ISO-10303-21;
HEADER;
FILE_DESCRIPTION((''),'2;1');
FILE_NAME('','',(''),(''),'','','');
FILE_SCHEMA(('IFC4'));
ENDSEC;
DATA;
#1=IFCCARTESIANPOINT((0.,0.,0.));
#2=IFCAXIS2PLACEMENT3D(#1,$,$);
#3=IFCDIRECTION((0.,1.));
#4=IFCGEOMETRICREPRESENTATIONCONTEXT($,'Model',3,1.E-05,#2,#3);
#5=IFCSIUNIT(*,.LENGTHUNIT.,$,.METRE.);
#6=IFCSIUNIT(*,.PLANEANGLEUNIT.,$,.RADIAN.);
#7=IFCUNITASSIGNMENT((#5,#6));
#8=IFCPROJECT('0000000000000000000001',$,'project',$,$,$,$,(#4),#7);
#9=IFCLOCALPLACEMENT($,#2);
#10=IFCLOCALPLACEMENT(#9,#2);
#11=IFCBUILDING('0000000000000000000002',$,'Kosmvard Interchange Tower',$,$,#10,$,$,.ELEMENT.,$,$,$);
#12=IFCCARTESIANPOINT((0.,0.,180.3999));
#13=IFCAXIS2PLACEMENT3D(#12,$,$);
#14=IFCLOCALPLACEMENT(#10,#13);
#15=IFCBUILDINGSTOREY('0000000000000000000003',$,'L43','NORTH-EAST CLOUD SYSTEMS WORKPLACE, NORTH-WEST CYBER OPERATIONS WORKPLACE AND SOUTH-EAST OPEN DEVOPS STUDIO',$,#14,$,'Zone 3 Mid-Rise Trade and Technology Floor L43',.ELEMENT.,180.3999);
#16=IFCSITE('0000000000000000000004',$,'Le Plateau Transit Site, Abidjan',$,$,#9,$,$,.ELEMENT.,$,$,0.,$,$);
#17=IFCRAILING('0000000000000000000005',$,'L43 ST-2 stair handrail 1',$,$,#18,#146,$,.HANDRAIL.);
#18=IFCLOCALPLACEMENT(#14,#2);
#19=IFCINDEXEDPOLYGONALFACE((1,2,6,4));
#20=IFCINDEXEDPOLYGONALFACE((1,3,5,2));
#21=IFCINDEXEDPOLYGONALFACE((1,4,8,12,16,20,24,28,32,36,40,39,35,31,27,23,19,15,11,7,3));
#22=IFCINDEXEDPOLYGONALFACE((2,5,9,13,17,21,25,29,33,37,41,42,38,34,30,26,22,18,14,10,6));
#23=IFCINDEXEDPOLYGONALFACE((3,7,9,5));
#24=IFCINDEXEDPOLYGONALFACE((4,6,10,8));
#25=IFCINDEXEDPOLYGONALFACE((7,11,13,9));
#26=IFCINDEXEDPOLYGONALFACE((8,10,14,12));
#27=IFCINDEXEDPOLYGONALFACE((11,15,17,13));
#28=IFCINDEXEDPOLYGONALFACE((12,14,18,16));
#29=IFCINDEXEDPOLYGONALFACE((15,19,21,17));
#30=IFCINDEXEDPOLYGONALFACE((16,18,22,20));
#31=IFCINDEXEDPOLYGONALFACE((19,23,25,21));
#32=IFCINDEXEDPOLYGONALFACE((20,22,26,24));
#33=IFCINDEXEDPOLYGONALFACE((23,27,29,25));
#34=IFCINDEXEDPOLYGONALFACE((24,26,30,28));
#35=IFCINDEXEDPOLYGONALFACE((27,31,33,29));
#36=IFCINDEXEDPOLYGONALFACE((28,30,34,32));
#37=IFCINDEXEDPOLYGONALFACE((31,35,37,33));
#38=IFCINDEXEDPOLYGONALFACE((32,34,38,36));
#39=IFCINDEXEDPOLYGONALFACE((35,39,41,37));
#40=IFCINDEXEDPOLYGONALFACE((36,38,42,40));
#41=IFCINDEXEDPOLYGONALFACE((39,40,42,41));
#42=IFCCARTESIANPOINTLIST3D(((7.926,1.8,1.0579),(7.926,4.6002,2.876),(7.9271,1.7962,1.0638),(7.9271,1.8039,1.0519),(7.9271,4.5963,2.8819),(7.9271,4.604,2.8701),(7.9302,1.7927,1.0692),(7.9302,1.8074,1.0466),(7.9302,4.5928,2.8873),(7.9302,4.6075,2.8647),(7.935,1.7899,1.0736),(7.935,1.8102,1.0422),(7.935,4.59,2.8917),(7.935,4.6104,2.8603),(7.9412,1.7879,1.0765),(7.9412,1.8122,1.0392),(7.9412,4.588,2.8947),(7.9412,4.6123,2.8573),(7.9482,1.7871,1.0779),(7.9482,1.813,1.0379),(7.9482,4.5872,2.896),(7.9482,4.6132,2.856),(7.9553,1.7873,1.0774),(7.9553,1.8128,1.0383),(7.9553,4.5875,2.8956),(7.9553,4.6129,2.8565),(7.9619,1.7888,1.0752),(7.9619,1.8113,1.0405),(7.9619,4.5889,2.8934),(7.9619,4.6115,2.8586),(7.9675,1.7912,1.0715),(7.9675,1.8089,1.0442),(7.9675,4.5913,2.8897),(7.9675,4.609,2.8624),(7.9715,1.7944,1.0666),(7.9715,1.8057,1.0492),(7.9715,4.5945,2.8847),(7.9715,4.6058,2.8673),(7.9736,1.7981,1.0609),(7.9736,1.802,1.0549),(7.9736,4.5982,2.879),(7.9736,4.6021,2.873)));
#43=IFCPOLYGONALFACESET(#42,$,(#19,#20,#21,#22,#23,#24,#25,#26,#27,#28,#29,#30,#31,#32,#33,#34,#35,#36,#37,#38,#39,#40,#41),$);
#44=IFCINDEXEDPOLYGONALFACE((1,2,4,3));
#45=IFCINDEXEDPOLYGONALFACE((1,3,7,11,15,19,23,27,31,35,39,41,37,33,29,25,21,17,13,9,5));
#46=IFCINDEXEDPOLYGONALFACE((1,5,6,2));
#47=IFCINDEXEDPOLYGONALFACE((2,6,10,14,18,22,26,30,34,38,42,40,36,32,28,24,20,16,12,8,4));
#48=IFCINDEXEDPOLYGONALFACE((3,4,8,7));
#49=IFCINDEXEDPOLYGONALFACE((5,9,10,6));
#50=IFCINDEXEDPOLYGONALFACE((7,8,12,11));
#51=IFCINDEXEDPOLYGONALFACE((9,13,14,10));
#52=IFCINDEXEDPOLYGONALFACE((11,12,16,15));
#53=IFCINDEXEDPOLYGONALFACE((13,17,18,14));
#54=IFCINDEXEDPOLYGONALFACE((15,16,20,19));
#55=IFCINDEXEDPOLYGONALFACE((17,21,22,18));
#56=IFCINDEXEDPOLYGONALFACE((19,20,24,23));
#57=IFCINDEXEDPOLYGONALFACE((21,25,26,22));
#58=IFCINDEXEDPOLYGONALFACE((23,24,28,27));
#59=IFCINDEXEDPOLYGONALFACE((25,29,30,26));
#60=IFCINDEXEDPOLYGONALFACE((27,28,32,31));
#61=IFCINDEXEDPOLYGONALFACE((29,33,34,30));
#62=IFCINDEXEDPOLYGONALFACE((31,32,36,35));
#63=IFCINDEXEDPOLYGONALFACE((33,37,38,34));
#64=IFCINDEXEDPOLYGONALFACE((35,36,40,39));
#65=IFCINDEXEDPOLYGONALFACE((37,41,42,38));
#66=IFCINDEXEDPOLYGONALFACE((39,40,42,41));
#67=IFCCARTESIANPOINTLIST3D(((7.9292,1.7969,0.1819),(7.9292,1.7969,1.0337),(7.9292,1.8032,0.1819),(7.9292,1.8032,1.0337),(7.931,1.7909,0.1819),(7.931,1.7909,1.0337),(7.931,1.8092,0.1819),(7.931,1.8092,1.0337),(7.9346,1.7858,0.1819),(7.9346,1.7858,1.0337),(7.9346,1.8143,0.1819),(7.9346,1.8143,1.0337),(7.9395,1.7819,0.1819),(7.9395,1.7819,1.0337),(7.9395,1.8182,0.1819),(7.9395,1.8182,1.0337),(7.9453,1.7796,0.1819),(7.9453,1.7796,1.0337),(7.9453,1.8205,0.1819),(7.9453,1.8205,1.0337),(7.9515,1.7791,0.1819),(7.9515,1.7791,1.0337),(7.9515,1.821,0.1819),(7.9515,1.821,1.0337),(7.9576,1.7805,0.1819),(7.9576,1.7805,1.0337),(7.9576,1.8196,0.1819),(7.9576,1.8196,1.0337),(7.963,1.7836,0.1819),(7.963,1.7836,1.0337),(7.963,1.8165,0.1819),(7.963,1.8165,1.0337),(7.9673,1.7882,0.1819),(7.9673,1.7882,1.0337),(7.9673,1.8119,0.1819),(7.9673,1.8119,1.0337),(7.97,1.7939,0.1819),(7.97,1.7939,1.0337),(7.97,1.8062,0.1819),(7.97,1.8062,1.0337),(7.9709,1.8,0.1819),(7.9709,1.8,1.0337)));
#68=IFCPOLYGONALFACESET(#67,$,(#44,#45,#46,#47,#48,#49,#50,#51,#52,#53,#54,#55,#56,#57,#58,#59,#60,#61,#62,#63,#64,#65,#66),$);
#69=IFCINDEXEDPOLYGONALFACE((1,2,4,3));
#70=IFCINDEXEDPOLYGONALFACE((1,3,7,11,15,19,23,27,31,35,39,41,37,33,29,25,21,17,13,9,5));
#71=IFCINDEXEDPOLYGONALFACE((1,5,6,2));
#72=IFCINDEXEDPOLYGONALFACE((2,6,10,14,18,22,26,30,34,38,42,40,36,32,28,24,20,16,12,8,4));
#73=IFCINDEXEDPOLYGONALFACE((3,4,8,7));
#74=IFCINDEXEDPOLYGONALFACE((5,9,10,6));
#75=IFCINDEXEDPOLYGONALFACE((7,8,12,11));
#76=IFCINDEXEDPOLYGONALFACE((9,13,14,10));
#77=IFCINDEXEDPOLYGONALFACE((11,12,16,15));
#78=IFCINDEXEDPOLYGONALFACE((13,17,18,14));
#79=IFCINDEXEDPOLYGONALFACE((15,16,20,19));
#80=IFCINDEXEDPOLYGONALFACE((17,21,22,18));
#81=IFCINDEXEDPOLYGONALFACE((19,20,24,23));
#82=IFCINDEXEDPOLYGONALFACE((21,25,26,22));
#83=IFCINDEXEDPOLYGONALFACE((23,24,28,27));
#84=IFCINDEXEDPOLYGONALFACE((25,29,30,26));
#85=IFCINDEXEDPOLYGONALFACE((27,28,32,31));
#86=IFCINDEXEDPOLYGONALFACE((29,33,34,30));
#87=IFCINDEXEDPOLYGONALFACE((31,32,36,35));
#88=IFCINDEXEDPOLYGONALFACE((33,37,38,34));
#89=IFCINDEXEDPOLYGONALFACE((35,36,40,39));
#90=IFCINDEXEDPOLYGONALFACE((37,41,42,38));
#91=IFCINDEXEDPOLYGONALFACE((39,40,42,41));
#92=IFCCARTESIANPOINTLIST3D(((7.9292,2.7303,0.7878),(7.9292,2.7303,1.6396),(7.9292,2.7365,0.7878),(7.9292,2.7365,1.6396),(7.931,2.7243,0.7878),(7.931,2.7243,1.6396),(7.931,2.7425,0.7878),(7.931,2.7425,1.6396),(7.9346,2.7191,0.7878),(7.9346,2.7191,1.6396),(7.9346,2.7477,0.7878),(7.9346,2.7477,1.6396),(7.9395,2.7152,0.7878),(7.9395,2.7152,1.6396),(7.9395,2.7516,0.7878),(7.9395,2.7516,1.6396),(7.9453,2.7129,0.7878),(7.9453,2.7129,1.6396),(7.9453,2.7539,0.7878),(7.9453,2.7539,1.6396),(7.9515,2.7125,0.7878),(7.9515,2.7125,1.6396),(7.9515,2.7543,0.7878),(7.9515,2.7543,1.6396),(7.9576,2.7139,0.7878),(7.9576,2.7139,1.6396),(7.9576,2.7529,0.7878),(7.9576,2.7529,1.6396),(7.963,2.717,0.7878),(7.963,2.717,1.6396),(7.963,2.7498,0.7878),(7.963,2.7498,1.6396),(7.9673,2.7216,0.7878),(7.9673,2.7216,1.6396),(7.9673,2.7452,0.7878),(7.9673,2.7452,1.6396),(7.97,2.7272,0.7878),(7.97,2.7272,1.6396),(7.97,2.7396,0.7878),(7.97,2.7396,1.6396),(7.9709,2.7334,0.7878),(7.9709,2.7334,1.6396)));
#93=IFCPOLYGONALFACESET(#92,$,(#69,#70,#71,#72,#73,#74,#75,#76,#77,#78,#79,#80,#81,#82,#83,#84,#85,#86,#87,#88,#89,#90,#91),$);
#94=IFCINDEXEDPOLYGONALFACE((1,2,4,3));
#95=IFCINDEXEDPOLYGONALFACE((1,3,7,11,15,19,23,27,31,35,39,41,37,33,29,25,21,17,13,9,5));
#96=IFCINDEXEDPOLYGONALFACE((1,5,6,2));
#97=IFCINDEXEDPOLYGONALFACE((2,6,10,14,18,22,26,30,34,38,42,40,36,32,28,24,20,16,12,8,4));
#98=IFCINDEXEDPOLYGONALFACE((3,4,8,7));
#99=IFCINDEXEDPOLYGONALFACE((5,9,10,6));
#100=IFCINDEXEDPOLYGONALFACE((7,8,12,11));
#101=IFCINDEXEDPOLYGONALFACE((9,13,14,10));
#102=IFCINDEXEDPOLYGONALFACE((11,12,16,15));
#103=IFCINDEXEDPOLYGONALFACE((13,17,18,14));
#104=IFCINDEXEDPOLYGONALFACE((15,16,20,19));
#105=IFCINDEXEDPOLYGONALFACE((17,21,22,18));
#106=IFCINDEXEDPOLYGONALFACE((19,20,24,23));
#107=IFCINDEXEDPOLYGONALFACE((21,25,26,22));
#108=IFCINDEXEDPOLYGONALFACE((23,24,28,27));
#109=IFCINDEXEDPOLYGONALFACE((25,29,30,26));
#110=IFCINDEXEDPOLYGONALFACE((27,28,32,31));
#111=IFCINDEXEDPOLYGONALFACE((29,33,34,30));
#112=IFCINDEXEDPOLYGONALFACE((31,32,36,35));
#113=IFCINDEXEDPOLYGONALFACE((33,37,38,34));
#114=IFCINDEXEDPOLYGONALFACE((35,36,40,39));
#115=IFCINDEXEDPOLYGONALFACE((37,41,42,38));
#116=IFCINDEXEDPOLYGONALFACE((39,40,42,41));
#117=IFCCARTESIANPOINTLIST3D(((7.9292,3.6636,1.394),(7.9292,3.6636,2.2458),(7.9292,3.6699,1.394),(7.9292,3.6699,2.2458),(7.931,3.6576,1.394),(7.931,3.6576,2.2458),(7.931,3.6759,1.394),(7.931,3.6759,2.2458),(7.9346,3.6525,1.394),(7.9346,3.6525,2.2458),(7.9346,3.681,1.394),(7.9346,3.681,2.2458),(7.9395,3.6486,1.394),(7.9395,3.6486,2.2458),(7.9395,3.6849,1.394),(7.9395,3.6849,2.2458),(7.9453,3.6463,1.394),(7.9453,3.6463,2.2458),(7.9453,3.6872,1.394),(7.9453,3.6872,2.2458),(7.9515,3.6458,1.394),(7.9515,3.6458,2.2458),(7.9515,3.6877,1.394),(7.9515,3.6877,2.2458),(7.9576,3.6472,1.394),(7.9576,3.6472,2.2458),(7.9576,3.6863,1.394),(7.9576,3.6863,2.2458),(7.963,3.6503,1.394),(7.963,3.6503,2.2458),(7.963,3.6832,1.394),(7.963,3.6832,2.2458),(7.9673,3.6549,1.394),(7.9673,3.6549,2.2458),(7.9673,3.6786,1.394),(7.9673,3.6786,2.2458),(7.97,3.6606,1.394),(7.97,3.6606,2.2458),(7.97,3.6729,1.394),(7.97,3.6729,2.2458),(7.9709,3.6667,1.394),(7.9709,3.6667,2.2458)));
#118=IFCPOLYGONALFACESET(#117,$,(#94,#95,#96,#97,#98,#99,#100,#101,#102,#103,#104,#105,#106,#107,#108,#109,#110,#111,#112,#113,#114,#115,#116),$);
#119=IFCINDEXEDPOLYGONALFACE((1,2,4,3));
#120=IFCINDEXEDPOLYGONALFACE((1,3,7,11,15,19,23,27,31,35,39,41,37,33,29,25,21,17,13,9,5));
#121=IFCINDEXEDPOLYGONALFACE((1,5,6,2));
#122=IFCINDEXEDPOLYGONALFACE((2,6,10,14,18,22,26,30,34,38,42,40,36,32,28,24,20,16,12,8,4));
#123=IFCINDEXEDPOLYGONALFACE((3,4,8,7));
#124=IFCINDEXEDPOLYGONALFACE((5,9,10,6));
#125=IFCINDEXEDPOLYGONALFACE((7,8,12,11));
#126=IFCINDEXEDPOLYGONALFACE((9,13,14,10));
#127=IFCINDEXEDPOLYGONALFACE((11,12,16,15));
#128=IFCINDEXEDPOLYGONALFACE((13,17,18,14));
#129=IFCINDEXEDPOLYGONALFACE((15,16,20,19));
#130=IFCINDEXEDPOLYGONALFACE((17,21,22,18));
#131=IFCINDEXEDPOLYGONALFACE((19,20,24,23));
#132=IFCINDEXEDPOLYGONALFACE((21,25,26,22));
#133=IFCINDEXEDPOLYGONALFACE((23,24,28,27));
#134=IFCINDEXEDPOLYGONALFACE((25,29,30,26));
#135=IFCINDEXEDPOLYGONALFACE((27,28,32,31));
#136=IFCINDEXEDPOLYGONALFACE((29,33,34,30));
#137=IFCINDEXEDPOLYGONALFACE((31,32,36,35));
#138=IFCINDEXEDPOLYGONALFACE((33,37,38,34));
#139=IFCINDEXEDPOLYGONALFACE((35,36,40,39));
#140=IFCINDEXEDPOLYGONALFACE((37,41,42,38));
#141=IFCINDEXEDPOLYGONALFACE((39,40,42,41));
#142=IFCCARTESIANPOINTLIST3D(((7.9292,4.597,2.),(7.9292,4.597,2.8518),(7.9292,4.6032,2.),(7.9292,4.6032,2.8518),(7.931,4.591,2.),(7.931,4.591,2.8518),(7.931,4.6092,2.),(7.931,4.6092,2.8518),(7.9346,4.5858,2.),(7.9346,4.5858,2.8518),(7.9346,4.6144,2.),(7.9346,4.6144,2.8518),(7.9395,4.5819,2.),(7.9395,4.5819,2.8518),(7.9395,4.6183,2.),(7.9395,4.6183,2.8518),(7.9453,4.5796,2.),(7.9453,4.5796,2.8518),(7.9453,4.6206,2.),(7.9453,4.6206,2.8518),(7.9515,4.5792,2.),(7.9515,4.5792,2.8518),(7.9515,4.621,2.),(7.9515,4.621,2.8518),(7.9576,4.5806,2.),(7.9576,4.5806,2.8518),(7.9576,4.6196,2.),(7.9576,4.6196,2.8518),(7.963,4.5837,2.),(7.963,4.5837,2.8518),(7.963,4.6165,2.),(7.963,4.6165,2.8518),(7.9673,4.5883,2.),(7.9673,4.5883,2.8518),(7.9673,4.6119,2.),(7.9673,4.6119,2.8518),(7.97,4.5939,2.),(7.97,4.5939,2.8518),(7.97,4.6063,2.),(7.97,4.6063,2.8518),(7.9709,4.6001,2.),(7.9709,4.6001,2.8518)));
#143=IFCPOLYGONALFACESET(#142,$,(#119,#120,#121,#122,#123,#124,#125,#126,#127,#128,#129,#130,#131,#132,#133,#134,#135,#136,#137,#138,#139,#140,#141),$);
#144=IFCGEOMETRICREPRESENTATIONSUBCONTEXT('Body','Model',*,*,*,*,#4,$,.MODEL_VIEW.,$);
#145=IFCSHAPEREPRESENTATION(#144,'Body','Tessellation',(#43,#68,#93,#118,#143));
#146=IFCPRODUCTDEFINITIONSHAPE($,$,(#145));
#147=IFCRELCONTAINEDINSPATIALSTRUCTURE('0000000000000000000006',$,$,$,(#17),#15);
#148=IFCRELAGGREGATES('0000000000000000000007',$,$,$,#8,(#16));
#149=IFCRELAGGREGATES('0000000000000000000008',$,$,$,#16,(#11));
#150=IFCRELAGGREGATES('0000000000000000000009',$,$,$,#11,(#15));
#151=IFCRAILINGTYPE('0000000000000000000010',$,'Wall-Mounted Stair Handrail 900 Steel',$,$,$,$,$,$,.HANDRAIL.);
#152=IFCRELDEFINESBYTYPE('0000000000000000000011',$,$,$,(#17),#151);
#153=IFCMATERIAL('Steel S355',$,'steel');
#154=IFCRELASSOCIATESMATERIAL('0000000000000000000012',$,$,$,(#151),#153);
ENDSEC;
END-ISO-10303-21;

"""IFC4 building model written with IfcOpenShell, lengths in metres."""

from ifc_helpers import new_model, si_unit, direction, frame, origin, origin_2d, place, context, subcontext, project, spatial, circle, extrude, source, transform, mapped, material, type_object, element, save


model = new_model("IFC4")

# Units and contexts
model_context = context("Model", 3, precision=1e-05, world=origin(), true_north=direction((0.0, 1.0)))
body_context = subcontext(model_context, "Body", "Model", "MODEL_VIEW")
ifc_project = project(units=[si_unit("LENGTHUNIT", "METRE"), si_unit("PLANEANGLEUNIT", "RADIAN")], contexts=[model_context])

# Site, building, storey
site_placement = place(None, origin())
site = spatial("IfcSite", under=ifc_project, at=site_placement, Name="Le Plateau Transit Site, Abidjan", CompositionType="ELEMENT", RefElevation=0.0)
building_placement = place(site_placement, origin())
building = spatial("IfcBuilding", under=site, at=building_placement, Name="Kosmvard Interchange Tower", CompositionType="ELEMENT")
storey_placement = place(building_placement, frame((0.0, 0.0, 180.3999)))
storey = spatial("IfcBuildingStorey", under=building, at=storey_placement, Name="L43", Description="NORTH-EAST CLOUD SYSTEMS WORKPLACE, NORTH-WEST CYBER OPERATIONS WORKPLACE AND SOUTH-EAST OPEN DEVOPS STUDIO", LongName="Zone 3 Mid-Rise Trade and Technology Floor L43", CompositionType="ELEMENT", Elevation=180.3999)

# Shared definitions
ifc_material_1 = material(Name="Steel S355", Category="steel")

# Railing
railing_type_1 = type_object("IfcRailingType", Name="Wall-Mounted Stair Handrail 900 Steel", PredefinedType="HANDRAIL", material=ifc_material_1)
shared_shape_1 = source(origin(), body_context, "Body", "SweptSolid", [
    extrude(circle(Radius=0.0239, at=origin_2d()), frame((0.0, 0.0, 0.876), z_axis=(0.0, 0.838706, 0.544585), x_axis=(-1.0, 0.0, 0.0)), (0.0, 0.0, 1.0), 3.3386),
    extrude(circle(Radius=0.021, at=origin_2d()), origin(), (0.0, 0.0, 1.0), 0.8518),
    extrude(circle(Radius=0.021, at=origin_2d()), frame((0.0, 0.9333, 0.606)), (0.0, 0.0, 1.0), 0.8518),
    extrude(circle(Radius=0.021, at=origin_2d()), frame((0.0, 1.8667, 1.2122)), (0.0, 0.0, 1.0), 0.8518),
    extrude(circle(Radius=0.021, at=origin_2d()), frame((0.0, 2.8, 1.8181)), (0.0, 0.0, 1.0), 0.8518),
])
railing_1_placement = place(storey_placement, frame((7.95, 1.8, 0.1819)))
element("IfcRailing", 1, at=railing_1_placement, inside=storey, type_object=railing_type_1, Name="L43 ST-2 stair handrail 1", PredefinedType="HANDRAIL", context=body_context, shape_type="MappedRepresentation", body=[
    mapped(shared_shape_1, transform((0.0, 0.0, 0.0), scale=1.0)),
])

save(model, "model.ifc")
